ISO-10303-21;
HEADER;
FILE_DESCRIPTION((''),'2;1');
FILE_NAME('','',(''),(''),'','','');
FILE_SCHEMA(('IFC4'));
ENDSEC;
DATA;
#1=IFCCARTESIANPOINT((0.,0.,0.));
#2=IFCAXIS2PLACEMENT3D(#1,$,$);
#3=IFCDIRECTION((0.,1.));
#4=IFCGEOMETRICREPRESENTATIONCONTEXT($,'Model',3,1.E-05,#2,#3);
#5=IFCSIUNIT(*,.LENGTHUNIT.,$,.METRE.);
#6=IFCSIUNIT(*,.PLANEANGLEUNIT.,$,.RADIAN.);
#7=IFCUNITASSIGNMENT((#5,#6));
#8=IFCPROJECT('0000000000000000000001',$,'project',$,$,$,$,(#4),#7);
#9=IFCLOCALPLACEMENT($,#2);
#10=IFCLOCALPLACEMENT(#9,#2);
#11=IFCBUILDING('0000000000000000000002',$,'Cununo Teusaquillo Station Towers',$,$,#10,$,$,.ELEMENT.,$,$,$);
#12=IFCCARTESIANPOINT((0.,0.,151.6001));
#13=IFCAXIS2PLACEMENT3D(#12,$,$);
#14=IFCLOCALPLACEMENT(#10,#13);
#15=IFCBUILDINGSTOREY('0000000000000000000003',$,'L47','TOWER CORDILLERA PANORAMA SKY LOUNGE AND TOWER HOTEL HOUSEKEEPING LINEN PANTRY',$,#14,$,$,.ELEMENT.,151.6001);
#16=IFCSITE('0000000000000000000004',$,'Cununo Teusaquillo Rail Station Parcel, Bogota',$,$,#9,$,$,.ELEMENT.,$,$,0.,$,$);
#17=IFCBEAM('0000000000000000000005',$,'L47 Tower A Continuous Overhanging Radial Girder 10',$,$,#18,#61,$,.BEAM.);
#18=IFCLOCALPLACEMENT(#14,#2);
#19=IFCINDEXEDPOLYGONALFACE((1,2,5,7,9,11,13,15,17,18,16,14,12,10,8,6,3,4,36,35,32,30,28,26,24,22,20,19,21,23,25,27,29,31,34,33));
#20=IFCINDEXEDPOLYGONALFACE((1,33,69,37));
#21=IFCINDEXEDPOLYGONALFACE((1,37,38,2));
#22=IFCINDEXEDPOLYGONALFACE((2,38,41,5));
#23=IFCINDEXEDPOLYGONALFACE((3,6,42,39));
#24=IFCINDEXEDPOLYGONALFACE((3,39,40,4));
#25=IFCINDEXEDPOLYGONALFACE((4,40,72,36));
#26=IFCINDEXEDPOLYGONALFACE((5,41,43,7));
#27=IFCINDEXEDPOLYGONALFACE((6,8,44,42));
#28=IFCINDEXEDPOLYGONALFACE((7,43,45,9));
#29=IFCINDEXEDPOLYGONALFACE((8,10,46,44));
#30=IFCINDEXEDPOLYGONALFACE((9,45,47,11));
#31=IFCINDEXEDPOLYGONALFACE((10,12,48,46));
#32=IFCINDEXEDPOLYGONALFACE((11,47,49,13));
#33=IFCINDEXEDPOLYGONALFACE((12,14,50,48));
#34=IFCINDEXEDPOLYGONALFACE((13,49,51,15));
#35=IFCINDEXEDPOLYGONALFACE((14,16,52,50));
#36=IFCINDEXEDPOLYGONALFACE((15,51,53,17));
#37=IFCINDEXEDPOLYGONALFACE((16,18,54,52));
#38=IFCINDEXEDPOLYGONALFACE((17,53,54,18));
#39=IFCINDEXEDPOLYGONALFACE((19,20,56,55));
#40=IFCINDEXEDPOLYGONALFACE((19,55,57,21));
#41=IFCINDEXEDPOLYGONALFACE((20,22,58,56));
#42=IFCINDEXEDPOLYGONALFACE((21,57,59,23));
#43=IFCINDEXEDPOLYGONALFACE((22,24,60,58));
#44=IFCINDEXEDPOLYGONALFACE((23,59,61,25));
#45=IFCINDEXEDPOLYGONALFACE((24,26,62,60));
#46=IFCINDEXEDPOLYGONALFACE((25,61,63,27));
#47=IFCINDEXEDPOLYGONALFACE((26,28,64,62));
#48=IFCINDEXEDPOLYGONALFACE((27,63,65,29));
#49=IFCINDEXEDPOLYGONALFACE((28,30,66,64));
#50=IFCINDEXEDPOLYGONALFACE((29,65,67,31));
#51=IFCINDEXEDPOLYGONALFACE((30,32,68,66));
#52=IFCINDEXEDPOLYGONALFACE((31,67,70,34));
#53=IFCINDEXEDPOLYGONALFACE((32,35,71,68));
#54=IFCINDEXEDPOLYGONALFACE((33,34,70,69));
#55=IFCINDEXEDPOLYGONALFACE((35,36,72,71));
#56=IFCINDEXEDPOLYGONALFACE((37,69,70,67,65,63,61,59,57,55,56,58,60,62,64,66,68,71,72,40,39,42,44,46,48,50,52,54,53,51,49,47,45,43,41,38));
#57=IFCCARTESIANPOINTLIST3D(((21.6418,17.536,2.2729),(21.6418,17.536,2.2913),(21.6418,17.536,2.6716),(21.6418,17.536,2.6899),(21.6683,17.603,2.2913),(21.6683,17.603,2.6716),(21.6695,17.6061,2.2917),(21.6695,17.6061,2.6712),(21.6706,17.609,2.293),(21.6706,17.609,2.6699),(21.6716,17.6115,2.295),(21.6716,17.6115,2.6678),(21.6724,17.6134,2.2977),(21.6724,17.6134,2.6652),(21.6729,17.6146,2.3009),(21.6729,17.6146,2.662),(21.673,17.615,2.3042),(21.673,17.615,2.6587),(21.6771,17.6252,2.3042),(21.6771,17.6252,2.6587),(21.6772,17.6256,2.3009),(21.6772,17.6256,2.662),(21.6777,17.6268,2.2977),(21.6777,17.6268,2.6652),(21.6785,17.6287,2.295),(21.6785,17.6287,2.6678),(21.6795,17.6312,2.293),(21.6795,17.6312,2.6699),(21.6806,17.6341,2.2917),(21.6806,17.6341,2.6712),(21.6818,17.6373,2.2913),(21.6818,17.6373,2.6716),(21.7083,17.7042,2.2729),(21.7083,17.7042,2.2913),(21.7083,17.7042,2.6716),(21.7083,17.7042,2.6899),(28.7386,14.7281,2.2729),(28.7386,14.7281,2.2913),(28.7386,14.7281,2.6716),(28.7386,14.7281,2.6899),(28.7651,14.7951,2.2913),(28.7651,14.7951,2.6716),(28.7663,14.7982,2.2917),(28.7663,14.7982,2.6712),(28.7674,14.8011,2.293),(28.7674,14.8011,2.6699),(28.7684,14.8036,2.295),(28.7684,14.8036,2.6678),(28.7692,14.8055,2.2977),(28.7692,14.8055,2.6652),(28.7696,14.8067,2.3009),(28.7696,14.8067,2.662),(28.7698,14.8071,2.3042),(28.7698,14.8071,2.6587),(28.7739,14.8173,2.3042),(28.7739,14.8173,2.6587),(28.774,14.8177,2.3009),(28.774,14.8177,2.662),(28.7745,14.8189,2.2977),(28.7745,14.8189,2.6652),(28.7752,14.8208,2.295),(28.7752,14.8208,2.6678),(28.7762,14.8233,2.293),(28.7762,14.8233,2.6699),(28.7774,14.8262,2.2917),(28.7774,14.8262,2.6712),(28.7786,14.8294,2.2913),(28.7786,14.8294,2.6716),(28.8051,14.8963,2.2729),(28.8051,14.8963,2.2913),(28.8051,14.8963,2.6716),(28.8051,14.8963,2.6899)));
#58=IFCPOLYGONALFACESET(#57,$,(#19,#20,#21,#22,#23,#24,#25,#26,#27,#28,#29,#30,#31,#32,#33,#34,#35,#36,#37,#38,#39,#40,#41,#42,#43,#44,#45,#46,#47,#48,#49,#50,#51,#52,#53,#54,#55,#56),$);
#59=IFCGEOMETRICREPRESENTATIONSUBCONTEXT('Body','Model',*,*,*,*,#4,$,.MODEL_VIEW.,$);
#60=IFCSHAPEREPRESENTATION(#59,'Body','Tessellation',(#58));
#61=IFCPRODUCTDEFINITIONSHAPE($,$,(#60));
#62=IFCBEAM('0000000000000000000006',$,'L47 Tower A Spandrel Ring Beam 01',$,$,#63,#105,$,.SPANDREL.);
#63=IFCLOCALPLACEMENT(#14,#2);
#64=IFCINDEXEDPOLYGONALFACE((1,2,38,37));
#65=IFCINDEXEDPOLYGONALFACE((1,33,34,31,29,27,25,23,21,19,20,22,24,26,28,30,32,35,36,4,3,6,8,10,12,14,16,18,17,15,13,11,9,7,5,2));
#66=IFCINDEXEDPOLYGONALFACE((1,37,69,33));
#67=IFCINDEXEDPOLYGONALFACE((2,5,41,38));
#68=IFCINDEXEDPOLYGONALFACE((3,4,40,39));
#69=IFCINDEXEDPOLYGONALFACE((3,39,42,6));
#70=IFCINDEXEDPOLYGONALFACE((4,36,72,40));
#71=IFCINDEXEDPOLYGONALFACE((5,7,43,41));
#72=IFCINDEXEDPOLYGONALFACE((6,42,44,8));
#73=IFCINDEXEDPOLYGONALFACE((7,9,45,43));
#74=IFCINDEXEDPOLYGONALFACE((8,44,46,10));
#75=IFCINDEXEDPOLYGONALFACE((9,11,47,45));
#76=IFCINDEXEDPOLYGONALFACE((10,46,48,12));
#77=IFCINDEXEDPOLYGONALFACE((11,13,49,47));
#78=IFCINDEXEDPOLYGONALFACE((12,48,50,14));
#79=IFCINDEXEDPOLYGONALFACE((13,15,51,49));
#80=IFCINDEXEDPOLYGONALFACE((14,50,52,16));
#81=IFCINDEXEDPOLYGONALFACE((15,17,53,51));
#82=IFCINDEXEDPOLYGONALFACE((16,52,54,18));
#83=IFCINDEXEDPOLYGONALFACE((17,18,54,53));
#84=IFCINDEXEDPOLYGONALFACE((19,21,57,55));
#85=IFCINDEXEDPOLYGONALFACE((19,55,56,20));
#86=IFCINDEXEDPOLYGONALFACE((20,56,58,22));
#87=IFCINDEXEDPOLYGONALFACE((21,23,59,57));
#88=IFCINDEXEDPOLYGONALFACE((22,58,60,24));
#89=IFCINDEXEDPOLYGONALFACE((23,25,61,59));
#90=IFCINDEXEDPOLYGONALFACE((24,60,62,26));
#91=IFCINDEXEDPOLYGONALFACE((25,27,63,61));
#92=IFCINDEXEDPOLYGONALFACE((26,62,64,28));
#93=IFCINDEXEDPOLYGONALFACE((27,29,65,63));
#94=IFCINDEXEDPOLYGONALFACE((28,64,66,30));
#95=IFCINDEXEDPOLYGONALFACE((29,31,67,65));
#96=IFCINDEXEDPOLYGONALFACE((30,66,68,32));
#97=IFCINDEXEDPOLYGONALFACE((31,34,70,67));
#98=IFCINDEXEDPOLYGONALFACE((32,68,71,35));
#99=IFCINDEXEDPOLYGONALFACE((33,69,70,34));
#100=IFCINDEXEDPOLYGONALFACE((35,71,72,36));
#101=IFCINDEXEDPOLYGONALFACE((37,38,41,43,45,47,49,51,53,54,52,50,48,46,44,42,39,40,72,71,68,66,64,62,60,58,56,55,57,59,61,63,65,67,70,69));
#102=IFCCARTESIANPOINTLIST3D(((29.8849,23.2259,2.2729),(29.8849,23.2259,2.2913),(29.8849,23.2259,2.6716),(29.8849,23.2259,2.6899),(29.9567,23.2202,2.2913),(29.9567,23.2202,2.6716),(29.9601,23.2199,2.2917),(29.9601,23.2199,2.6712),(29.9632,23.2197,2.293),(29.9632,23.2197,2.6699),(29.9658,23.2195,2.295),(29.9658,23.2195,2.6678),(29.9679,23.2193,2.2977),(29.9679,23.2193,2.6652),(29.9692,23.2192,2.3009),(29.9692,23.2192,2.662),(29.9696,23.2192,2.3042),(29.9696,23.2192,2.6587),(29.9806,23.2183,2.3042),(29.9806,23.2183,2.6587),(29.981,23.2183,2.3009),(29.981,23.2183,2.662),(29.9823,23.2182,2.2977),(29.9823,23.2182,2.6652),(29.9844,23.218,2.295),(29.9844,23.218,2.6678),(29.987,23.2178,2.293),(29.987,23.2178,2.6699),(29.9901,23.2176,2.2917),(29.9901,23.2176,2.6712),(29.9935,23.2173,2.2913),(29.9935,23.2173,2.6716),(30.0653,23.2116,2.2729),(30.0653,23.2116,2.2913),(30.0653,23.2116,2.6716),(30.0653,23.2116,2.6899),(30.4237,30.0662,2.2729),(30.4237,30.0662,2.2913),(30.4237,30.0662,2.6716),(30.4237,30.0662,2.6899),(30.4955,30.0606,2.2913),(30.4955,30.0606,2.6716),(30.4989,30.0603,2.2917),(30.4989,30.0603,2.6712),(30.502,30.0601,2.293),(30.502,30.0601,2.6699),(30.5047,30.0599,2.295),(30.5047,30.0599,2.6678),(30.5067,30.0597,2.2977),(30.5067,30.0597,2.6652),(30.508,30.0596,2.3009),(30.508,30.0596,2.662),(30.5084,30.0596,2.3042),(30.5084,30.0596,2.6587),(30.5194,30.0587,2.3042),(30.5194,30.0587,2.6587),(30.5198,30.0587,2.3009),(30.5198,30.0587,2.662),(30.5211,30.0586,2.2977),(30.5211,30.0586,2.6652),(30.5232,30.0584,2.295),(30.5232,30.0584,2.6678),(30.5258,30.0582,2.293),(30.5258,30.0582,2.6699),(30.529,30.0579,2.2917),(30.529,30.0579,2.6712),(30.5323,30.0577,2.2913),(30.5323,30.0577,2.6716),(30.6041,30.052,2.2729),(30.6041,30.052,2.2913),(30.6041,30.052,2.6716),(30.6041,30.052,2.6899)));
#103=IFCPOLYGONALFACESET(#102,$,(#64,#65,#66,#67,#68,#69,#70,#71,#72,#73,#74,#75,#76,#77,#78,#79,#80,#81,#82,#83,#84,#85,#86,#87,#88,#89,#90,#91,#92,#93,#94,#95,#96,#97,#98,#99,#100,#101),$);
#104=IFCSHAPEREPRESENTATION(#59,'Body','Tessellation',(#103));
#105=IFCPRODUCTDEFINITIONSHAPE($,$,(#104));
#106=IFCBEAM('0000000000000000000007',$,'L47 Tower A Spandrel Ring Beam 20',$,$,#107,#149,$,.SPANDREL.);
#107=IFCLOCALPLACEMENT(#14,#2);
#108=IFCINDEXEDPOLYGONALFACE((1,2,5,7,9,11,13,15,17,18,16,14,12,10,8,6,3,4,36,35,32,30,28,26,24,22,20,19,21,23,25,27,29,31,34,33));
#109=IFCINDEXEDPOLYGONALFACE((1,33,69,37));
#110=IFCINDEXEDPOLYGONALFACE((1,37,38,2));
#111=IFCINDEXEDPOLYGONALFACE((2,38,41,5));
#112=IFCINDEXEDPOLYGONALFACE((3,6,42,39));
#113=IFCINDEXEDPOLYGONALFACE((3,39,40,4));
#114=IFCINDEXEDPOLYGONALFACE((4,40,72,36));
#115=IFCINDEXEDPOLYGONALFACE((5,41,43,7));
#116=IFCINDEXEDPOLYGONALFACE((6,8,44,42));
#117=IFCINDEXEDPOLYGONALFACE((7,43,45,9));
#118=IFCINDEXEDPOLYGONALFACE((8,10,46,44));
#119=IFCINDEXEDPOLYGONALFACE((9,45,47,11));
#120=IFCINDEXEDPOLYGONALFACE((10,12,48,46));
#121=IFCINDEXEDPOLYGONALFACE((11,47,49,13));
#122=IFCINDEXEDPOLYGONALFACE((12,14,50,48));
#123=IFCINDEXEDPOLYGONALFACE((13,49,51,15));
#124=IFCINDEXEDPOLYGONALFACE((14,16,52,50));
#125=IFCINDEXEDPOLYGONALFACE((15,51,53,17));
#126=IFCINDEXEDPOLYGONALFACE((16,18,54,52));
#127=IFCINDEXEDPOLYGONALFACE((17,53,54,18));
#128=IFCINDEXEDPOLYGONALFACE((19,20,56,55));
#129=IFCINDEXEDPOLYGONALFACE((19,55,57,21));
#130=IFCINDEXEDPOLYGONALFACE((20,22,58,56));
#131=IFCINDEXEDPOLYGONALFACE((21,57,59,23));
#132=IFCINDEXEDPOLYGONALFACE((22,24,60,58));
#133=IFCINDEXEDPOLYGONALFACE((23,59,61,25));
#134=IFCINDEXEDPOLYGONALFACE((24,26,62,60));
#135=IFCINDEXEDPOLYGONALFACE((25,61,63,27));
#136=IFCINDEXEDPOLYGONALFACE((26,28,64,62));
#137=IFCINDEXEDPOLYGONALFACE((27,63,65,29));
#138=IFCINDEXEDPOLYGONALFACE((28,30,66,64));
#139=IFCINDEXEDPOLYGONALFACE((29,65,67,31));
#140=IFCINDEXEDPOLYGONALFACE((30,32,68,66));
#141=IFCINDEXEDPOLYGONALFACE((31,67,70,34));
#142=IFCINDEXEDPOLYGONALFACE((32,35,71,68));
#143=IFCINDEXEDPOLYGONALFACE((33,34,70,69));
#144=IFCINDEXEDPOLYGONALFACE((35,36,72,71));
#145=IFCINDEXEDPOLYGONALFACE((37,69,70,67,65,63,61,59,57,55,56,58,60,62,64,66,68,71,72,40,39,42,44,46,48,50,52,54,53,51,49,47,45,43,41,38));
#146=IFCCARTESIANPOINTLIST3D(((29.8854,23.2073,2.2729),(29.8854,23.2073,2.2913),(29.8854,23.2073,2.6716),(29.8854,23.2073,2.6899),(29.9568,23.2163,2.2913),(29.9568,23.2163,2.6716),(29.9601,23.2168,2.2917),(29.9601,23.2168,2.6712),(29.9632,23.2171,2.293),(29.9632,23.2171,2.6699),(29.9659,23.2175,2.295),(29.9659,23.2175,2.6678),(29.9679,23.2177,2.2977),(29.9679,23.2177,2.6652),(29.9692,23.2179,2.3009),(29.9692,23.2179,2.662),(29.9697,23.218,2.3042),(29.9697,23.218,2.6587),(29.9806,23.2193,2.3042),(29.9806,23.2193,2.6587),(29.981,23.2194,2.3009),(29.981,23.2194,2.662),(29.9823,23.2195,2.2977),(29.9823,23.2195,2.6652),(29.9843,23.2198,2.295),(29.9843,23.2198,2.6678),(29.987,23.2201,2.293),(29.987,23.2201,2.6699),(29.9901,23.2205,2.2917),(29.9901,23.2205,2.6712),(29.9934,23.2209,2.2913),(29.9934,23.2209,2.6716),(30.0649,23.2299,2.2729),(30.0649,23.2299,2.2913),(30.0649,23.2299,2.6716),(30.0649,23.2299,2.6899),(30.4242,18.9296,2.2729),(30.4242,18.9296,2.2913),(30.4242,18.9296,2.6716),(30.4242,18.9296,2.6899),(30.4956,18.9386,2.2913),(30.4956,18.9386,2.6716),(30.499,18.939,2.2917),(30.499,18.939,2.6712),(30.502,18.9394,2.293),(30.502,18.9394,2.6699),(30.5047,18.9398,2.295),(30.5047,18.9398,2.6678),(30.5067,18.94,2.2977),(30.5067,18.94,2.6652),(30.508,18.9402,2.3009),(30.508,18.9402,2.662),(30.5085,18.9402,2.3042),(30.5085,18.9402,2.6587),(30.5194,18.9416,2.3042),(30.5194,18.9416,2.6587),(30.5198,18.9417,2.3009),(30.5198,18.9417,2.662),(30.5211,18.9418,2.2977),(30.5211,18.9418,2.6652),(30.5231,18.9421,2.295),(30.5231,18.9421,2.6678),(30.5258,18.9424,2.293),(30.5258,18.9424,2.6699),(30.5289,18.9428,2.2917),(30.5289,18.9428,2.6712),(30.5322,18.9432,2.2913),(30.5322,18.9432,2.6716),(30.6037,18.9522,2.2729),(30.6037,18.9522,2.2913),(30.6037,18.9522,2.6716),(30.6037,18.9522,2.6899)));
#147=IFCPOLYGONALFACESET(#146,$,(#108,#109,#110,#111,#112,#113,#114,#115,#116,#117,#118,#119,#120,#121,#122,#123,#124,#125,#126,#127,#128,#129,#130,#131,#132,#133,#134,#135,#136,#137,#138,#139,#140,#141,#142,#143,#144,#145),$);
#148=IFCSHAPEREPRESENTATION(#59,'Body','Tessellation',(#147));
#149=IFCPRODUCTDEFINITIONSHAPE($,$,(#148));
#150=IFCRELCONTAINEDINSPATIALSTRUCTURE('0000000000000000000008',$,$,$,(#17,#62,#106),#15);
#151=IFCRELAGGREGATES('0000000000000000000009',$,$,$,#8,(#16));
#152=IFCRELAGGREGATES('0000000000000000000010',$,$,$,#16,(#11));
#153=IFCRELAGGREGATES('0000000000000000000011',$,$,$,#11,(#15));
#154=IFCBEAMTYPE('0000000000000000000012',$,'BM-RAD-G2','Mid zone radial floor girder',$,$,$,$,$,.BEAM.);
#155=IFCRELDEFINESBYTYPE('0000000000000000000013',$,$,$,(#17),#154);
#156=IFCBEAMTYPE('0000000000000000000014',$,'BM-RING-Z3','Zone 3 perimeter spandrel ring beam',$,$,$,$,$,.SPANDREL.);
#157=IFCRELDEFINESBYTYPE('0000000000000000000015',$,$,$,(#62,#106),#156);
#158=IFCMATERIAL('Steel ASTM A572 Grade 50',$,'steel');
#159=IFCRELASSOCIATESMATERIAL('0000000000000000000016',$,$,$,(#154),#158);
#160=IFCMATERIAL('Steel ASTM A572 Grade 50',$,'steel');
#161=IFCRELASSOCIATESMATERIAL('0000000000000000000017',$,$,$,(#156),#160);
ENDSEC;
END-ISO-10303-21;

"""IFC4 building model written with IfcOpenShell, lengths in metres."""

from ifc_helpers import new_model, si_unit, direction, frame, origin, origin_2d, place, context, subcontext, project, spatial, i_section, extrude, material, material_profile, profile_set, type_object, element, save


model = new_model("IFC4")

# Units and contexts
model_context = context("Model", 3, precision=1e-05, world=origin(), true_north=direction((0.0, 1.0)))
body_context = subcontext(model_context, "Body", "Model", "MODEL_VIEW")
ifc_project = project(units=[si_unit("LENGTHUNIT", "METRE"), si_unit("PLANEANGLEUNIT", "RADIAN")], contexts=[model_context])

# Site, building, storey
site_placement = place(None, origin())
site = spatial("IfcSite", under=ifc_project, at=site_placement, Name="Cununo Teusaquillo Rail Station Parcel, Bogota", CompositionType="ELEMENT", RefElevation=0.0)
building_placement = place(site_placement, origin())
building = spatial("IfcBuilding", under=site, at=building_placement, Name="Cununo Teusaquillo Station Towers", CompositionType="ELEMENT")
storey_placement = place(building_placement, frame((0.0, 0.0, 151.6001)))
storey = spatial("IfcBuildingStorey", under=building, at=storey_placement, Name="L47", Description="TOWER CORDILLERA PANORAMA SKY LOUNGE AND TOWER HOTEL HOUSEKEEPING LINEN PANTRY", CompositionType="ELEMENT", Elevation=151.6001)

# Beams
ifc_material_1 = material(Name="Steel ASTM A572 Grade 50", Category="steel")
ifc_material_profile_1 = material_profile(ifc_material_1, i_section(OverallWidth=0.1809, OverallDepth=0.417, WebThickness=0.011, FlangeThickness=0.0183, FilletRadius=0.0129, at=origin_2d()), Name="W16X57")
ifc_profile_set_1 = profile_set([ifc_material_profile_1], Name="Steel ASTM A572 Grade 50")
beam_type_1 = type_object("IfcBeamType", Name="BM-RAD-G2", Description="Mid zone radial floor girder", PredefinedType="BEAM", material=ifc_profile_set_1)
beam_1_placement = place(storey_placement, frame((21.675, 17.6201, 2.4814), z_axis=(0.929862, -0.367908, 0.0), x_axis=(0.367908, 0.929862, 0.0)))
element("IfcBeam", 1, at=beam_1_placement, inside=storey, type_object=beam_type_1, Name="L47 Tower A Continuous Overhanging Radial Girder 10", PredefinedType="BEAM", context=body_context, shape_type="SweptSolid", body=[
    extrude(i_section(OverallWidth=0.1809, OverallDepth=0.417, WebThickness=0.011, FlangeThickness=0.0183, FilletRadius=0.0129, at=origin_2d()), origin(), (0.0, 0.0, 1.0), 7.6321),
])
ifc_material_2 = material(Name="Steel ASTM A572 Grade 50", Category="steel")
ifc_material_profile_2 = material_profile(ifc_material_2, i_section(OverallWidth=0.1809, OverallDepth=0.417, WebThickness=0.011, FlangeThickness=0.0183, FilletRadius=0.0129, at=origin_2d()), Name="W16X57")
ifc_profile_set_2 = profile_set([ifc_material_profile_2], Name="Steel ASTM A572 Grade 50")
beam_type_2 = type_object("IfcBeamType", Name="BM-RING-Z3", Description="Zone 3 perimeter spandrel ring beam", PredefinedType="SPANDREL", material=ifc_profile_set_2)
beam_2_placement = place(storey_placement, frame((29.9751, 23.2188, 2.4814), z_axis=(0.078528, 0.996912, 0.0), x_axis=(-0.996912, 0.078528, 0.0)))
element("IfcBeam", 2, at=beam_2_placement, inside=storey, type_object=beam_type_2, Name="L47 Tower A Spandrel Ring Beam 01", PredefinedType="SPANDREL", context=body_context, shape_type="SweptSolid", body=[
    extrude(i_section(OverallWidth=0.1809, OverallDepth=0.417, WebThickness=0.011, FlangeThickness=0.0183, FilletRadius=0.0129, at=origin_2d()), origin(), (0.0, 0.0, 1.0), 6.8616),
])
beam_3_placement = place(storey_placement, frame((30.5139, 18.9409, 2.4814), z_axis=(-0.124969, 0.992161, 0.0), x_axis=(-0.992161, -0.124969, 0.0)))
element("IfcBeam", 3, at=beam_3_placement, inside=storey, type_object=beam_type_2, Name="L47 Tower A Spandrel Ring Beam 20", PredefinedType="SPANDREL", context=body_context, shape_type="SweptSolid", body=[
    extrude(i_section(OverallWidth=0.1809, OverallDepth=0.417, WebThickness=0.011, FlangeThickness=0.0183, FilletRadius=0.0129, at=origin_2d()), origin(), (0.0, 0.0, 1.0), 4.3115),
])

save(model, "model.ifc")
